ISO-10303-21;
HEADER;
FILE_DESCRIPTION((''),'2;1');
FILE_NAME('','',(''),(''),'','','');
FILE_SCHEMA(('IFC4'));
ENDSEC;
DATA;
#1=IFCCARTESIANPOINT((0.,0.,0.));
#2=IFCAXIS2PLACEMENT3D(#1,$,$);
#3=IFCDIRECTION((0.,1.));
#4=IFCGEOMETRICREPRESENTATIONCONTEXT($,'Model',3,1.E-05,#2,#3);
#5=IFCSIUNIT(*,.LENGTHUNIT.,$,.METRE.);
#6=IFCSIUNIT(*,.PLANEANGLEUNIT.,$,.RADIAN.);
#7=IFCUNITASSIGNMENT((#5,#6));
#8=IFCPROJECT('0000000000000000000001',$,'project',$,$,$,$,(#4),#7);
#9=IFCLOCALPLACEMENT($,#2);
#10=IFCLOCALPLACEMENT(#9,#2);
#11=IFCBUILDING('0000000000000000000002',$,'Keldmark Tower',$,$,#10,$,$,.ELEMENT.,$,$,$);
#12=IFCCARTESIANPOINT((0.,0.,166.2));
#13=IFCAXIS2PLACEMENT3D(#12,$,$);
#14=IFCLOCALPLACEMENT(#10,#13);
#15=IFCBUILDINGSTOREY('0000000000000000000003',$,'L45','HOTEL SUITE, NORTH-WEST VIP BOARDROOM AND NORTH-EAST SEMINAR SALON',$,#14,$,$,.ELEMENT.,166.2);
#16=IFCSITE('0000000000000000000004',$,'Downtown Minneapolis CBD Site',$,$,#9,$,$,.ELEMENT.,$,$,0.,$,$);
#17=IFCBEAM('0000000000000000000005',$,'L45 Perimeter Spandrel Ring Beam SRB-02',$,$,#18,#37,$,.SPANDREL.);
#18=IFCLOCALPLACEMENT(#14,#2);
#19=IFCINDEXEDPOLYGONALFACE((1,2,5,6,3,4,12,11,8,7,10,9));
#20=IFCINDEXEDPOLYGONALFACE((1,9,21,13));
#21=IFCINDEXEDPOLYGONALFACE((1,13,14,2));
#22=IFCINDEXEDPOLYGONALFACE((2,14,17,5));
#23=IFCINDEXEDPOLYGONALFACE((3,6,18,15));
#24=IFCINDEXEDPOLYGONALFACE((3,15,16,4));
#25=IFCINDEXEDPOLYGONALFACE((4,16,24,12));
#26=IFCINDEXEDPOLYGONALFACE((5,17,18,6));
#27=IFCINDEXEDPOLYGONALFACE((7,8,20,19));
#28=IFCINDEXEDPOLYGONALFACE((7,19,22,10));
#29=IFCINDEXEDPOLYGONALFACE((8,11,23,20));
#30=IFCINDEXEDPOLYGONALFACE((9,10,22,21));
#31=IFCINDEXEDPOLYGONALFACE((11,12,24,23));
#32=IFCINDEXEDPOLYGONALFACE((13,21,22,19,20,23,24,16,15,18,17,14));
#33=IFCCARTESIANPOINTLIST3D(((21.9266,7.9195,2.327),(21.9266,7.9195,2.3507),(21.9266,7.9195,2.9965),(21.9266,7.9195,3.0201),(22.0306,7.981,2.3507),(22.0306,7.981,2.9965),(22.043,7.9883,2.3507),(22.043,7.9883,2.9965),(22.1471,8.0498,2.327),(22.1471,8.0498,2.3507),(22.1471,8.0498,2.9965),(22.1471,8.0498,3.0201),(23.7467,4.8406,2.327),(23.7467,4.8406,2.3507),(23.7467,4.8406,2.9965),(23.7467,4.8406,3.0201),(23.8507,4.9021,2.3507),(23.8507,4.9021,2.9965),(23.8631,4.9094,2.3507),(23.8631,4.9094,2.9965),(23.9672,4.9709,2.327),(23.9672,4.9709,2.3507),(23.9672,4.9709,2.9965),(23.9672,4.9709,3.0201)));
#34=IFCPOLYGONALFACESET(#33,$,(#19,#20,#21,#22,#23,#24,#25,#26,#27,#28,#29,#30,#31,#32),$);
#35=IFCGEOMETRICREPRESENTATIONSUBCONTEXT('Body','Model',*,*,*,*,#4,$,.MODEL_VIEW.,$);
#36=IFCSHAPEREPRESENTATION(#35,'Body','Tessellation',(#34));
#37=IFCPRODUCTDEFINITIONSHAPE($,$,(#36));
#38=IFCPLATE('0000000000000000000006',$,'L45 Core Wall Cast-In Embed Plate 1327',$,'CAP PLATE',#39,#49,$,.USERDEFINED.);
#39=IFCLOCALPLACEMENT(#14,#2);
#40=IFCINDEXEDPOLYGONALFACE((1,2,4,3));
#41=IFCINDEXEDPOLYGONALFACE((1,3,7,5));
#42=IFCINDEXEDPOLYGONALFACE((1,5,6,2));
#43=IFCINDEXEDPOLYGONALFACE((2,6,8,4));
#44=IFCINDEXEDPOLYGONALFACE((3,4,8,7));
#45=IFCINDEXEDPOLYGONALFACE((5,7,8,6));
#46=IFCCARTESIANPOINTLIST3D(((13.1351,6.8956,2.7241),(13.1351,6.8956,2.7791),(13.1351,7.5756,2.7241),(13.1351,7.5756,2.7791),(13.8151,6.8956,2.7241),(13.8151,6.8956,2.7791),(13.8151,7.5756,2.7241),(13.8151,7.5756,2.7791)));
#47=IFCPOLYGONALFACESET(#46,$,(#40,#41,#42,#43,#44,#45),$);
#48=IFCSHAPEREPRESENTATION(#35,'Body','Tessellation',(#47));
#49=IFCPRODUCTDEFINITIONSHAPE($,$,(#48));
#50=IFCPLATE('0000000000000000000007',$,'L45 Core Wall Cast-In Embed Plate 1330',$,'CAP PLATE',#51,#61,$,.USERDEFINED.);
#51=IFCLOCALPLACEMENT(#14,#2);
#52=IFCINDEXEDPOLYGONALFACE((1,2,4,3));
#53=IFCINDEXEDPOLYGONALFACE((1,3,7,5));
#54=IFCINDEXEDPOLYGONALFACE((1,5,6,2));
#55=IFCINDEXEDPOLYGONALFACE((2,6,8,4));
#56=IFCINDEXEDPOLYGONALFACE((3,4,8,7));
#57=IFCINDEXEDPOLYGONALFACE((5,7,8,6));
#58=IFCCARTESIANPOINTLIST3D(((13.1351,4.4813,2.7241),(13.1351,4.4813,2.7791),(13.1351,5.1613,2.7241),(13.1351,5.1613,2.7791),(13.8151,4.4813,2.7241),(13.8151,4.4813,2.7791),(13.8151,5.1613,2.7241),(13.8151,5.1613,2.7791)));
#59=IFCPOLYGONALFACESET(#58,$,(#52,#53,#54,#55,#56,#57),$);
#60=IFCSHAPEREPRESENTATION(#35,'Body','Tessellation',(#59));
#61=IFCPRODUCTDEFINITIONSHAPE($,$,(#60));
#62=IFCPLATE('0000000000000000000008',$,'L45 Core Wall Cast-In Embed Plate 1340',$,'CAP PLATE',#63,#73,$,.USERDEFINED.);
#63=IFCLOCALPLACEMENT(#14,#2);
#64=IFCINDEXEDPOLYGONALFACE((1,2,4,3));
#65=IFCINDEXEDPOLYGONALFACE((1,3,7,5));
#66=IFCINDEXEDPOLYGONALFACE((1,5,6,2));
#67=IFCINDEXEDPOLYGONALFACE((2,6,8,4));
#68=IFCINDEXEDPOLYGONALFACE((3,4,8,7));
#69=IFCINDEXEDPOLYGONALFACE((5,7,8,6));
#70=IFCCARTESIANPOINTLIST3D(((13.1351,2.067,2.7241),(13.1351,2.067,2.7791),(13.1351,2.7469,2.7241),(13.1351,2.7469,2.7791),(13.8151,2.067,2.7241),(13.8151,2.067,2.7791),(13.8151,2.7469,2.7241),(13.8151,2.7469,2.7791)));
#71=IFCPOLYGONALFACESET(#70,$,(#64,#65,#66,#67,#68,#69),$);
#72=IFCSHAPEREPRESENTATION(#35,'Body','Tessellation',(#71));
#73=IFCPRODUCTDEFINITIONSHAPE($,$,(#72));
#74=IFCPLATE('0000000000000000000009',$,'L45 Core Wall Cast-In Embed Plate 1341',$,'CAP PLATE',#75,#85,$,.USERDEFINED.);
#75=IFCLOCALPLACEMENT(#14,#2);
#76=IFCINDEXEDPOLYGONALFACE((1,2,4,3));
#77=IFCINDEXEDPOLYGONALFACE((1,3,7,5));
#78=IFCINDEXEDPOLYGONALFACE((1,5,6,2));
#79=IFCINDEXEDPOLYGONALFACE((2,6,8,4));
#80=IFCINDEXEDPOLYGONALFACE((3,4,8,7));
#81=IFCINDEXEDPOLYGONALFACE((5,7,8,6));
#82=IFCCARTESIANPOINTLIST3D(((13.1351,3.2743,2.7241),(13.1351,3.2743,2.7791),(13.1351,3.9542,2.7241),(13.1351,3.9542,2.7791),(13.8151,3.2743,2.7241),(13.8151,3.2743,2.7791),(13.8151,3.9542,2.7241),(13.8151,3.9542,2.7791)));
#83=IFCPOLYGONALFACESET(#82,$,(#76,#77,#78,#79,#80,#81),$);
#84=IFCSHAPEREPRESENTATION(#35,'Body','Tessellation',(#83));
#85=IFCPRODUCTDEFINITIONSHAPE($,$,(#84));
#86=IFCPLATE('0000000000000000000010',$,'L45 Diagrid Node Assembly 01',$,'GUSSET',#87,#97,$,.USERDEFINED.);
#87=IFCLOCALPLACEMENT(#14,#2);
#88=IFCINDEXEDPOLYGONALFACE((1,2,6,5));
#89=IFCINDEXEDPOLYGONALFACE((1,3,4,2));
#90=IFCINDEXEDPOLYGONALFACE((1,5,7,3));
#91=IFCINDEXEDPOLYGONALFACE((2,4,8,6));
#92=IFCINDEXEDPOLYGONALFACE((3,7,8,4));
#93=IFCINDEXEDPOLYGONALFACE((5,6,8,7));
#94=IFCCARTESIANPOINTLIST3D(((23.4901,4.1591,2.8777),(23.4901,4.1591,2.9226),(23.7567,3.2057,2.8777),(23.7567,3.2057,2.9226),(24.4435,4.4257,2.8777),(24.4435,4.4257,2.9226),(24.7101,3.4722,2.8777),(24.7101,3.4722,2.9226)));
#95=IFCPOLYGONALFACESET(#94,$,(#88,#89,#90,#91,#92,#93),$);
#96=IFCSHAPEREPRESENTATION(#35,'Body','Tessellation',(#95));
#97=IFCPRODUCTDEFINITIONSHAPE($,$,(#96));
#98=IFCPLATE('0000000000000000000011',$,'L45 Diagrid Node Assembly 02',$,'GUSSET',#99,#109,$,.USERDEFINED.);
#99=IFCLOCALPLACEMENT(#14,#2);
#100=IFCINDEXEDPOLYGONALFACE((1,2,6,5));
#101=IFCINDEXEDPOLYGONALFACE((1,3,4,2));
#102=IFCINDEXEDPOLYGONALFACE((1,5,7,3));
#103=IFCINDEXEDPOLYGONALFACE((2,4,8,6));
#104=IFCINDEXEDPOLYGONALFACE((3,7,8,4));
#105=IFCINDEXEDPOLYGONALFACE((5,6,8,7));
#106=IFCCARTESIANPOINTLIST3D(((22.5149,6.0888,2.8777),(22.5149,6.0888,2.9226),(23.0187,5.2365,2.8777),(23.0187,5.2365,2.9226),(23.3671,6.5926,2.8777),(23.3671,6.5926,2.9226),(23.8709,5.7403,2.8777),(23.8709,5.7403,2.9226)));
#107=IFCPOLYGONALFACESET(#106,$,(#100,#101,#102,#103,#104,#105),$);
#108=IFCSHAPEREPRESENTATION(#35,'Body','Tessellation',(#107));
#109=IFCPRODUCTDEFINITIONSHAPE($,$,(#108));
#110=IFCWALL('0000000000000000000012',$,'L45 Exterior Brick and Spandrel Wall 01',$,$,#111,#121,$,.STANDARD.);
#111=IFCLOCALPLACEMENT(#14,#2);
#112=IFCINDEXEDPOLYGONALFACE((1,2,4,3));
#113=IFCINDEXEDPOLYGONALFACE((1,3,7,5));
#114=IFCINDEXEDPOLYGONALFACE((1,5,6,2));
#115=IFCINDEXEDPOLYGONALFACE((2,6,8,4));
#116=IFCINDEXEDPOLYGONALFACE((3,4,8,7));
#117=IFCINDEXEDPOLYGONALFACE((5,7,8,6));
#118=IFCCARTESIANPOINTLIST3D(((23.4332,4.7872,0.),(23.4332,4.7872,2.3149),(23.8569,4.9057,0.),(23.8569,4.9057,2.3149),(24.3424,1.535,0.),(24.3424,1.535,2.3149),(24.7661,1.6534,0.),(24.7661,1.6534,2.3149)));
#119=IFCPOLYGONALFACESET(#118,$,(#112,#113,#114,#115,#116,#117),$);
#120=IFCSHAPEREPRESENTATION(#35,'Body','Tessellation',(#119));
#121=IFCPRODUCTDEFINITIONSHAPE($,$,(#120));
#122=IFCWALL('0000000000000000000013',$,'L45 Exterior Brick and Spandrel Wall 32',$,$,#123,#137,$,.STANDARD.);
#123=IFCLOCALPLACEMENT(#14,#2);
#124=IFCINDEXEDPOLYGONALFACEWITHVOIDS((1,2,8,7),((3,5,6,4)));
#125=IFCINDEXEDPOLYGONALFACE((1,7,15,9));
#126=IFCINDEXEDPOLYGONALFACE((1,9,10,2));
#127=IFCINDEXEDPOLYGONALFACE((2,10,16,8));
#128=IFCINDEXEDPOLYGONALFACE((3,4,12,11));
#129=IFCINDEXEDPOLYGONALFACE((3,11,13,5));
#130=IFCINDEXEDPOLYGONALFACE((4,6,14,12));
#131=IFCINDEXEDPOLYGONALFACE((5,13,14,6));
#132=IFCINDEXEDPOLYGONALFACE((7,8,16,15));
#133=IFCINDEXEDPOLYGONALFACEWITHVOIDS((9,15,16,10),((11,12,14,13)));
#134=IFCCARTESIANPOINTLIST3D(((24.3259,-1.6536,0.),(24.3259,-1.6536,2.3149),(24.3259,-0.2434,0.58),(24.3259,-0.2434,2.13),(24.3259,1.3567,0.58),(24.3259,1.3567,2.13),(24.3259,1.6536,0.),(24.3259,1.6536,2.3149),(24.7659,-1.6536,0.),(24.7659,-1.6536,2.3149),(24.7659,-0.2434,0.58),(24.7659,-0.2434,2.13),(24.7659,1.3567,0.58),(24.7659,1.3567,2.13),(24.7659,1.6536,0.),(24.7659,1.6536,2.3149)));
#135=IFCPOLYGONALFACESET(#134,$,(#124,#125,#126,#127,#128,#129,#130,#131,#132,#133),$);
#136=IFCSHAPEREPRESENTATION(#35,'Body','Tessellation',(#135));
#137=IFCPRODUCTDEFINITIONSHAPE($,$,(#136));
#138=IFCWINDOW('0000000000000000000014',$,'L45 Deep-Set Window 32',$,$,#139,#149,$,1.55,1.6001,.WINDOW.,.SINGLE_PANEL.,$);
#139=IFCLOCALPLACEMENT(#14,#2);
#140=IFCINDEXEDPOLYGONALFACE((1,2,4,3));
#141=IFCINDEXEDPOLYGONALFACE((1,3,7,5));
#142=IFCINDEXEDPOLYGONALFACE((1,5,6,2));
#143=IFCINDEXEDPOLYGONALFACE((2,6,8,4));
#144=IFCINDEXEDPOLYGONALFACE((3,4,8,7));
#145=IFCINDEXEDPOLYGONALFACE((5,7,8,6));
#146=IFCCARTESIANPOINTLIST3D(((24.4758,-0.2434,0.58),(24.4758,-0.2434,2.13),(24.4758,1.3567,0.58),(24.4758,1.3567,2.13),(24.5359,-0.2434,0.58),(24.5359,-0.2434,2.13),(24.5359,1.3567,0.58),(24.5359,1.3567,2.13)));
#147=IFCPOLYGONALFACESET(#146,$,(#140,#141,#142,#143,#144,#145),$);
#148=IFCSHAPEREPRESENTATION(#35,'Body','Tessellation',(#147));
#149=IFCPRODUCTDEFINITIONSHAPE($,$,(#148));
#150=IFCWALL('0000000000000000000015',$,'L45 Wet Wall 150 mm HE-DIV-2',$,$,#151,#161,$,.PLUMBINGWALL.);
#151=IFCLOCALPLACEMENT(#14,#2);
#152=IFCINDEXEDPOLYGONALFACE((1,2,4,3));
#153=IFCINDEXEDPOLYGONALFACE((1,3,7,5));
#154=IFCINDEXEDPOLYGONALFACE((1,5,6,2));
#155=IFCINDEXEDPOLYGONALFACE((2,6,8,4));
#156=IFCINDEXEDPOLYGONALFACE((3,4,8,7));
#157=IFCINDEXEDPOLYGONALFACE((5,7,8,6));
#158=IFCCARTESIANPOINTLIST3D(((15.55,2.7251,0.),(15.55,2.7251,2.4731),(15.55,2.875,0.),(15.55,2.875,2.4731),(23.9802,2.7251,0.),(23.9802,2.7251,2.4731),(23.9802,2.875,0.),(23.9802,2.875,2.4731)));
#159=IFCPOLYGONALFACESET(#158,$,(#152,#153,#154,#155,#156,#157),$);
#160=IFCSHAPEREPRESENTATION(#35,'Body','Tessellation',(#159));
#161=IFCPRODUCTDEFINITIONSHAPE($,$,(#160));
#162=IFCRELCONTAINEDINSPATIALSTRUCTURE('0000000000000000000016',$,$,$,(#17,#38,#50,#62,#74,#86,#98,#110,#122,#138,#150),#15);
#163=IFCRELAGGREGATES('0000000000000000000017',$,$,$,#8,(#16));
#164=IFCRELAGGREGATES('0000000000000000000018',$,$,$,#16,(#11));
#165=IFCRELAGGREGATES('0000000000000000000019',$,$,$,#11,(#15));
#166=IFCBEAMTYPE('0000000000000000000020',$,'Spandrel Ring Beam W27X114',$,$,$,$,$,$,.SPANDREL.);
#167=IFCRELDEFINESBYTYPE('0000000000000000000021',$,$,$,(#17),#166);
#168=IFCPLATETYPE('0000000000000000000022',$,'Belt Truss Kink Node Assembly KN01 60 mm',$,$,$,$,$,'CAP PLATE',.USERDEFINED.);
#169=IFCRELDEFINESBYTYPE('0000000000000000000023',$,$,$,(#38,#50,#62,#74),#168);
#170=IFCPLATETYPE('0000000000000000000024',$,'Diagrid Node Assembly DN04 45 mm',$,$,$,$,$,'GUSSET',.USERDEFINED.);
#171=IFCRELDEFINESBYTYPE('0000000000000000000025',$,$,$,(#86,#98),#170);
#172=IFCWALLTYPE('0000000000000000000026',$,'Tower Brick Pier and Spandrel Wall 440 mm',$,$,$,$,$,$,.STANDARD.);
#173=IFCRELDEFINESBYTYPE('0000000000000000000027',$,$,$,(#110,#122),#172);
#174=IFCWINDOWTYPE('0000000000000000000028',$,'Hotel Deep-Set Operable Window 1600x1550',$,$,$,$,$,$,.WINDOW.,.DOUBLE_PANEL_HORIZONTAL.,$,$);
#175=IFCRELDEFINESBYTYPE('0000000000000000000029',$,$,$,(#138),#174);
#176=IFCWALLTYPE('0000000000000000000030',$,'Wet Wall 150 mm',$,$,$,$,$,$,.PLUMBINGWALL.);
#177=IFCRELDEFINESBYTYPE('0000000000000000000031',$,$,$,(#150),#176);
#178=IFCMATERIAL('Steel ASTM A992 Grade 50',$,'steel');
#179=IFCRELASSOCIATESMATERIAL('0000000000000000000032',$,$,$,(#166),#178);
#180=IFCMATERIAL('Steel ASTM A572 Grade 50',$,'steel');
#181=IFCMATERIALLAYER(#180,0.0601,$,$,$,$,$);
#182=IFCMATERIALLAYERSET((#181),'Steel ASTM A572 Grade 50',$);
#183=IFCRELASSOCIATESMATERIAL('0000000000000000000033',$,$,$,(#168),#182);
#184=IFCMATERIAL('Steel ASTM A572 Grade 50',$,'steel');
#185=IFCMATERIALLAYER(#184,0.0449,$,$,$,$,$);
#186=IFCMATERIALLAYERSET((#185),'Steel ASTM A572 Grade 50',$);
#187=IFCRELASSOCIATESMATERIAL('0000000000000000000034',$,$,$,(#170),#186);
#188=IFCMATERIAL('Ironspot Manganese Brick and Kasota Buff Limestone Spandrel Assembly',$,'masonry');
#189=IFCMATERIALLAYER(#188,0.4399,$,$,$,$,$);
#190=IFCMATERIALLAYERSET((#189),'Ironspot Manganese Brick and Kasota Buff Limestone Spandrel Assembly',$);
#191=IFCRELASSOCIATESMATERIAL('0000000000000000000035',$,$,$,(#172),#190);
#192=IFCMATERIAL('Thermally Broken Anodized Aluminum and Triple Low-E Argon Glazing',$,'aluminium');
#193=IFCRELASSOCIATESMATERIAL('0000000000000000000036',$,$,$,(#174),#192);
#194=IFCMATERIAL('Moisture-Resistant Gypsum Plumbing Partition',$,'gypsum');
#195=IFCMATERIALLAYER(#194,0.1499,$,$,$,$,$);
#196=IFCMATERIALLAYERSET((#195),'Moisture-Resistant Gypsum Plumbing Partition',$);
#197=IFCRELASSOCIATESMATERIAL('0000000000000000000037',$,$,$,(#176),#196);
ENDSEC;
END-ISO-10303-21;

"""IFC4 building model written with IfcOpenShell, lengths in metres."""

from ifc_helpers import new_model, si_unit, direction, frame, frame_2d, origin, origin_2d, place, context, subcontext, project, spatial, rectangle, i_section, extrude, material, layer, layer_set, material_profile, profile_set, type_object, element, fill, save


model = new_model("IFC4")

# Units and contexts
model_context = context("Model", 3, precision=1e-05, world=origin(), true_north=direction((0.0, 1.0)))
body_context = subcontext(model_context, "Body", "Model", "MODEL_VIEW")
ifc_project = project(units=[si_unit("LENGTHUNIT", "METRE"), si_unit("PLANEANGLEUNIT", "RADIAN")], contexts=[model_context])

# Site, building, storey
site_placement = place(None, origin())
site = spatial("IfcSite", under=ifc_project, at=site_placement, Name="Downtown Minneapolis CBD Site", CompositionType="ELEMENT", RefElevation=0.0)
building_placement = place(site_placement, origin())
building = spatial("IfcBuilding", under=site, at=building_placement, Name="Keldmark Tower", CompositionType="ELEMENT")
storey_placement = place(building_placement, frame((0.0, 0.0, 166.2)))
storey = spatial("IfcBuildingStorey", under=building, at=storey_placement, Name="L45", Description="HOTEL SUITE, NORTH-WEST VIP BOARDROOM AND NORTH-EAST SEMINAR SALON", CompositionType="ELEMENT", Elevation=166.2)

# Beam
ifc_material_1 = material(Name="Steel ASTM A992 Grade 50", Category="steel")
ifc_material_profile_1 = material_profile(ifc_material_1, i_section(OverallWidth=0.2561, OverallDepth=0.6931, WebThickness=0.0144, FlangeThickness=0.0237, at=origin_2d()), Name="W27X114")
ifc_profile_set_1 = profile_set([ifc_material_profile_1], Name="Steel ASTM A992 Grade 50")
beam_type_1 = type_object("IfcBeamType", Name="Spandrel Ring Beam W27X114", PredefinedType="SPANDREL", material=ifc_profile_set_1)
beam_1_placement = place(storey_placement, frame((23.8569, 4.9058, 2.6736), z_axis=(-0.508883, 0.860835, 0.0), x_axis=(-0.860835, -0.508883, 0.0)))
element("IfcBeam", 1, at=beam_1_placement, inside=storey, type_object=beam_type_1, Name="L45 Perimeter Spandrel Ring Beam SRB-02", PredefinedType="SPANDREL", context=body_context, shape_type="SweptSolid", body=[
    extrude(i_section(OverallWidth=0.2561, OverallDepth=0.6931, WebThickness=0.0144, FlangeThickness=0.0237, at=origin_2d()), origin(), (0.0, 0.0, 1.0), 3.5767),
])

# Plates
ifc_material_2 = material(Name="Steel ASTM A572 Grade 50", Category="steel")
ifc_layer_1 = layer(ifc_material_2, 0.0601)
ifc_layer_set_1 = layer_set([ifc_layer_1], Name="Steel ASTM A572 Grade 50")
plate_type_1 = type_object("IfcPlateType", Name="Belt Truss Kink Node Assembly KN01 60 mm", ElementType="CAP PLATE", PredefinedType="USERDEFINED", material=ifc_layer_set_1)
for number, where, z_axis, x_axis, name in (
    (2, (13.4751, 7.2356, 2.7241), (0.0, 0.0, 1.0), (1.0, 0.0, 0.0), "L45 Core Wall Cast-In Embed Plate 1327"),
    (3, (13.4751, 4.8213, 2.7241), (0.0, 0.0, 1.0), (1.0, 0.0, 0.0), "L45 Core Wall Cast-In Embed Plate 1330"),
    (4, (13.4751, 2.407, 2.7241), (0.0, 0.0, 1.0), (1.0, 0.0, 0.0), "L45 Core Wall Cast-In Embed Plate 1340"),
    (5, (13.4751, 3.6143, 2.7241), (0.0, 0.0, 1.0), (1.0, 0.0, 0.0), "L45 Core Wall Cast-In Embed Plate 1341"),
):
    element("IfcPlate", number, at=place(storey_placement, frame(where, z_axis=z_axis, x_axis=x_axis)), inside=storey, type_object=plate_type_1, Name=name, ObjectType="CAP PLATE", PredefinedType="USERDEFINED", context=body_context, shape_type="SweptSolid", body=[
        extrude(rectangle(XDim=0.6799, YDim=0.6799, at=origin_2d()), origin(), (0.0, 0.0, 1.0), 0.0549),
    ])
ifc_material_3 = material(Name="Steel ASTM A572 Grade 50", Category="steel")
ifc_layer_2 = layer(ifc_material_3, 0.0449)
ifc_layer_set_2 = layer_set([ifc_layer_2], Name="Steel ASTM A572 Grade 50")
plate_type_2 = type_object("IfcPlateType", Name="Diagrid Node Assembly DN04 45 mm", ElementType="GUSSET", PredefinedType="USERDEFINED", material=ifc_layer_set_2)
for number, where, z_axis, x_axis, name in (
    (6, (24.1001, 3.8157, 2.8777), (0.0, 0.0, 1.0), (-0.269256, 0.963069, 0.0), "L45 Diagrid Node Assembly 01"),
    (7, (23.1929, 5.9146, 2.8777), (0.0, 0.0, 1.0), (-0.508891, 0.860831, 0.0), "L45 Diagrid Node Assembly 02"),
):
    element("IfcPlate", number, at=place(storey_placement, frame(where, z_axis=z_axis, x_axis=x_axis)), inside=storey, type_object=plate_type_2, Name=name, ObjectType="GUSSET", PredefinedType="USERDEFINED", context=body_context, shape_type="SweptSolid", body=[
        extrude(rectangle(XDim=0.99, YDim=0.99, at=origin_2d()), origin(), (0.0, 0.0, 1.0), 0.0449),
    ])

# Wall
ifc_material_4 = material(Name="Ironspot Manganese Brick and Kasota Buff Limestone Spandrel Assembly", Category="masonry")
ifc_layer_3 = layer(ifc_material_4, 0.4399)
ifc_layer_set_3 = layer_set([ifc_layer_3], Name="Ironspot Manganese Brick and Kasota Buff Limestone Spandrel Assembly")
wall_type_1 = type_object("IfcWallType", Name="Tower Brick Pier and Spandrel Wall 440 mm", PredefinedType="STANDARD", material=ifc_layer_set_3)
wall_1_placement = place(storey_placement, frame((23.645, 4.8464, 0.0), z_axis=(0.0, 0.0, 1.0), x_axis=(0.269236, -0.963074, 0.0)))
element("IfcWall", 8, at=wall_1_placement, inside=storey, type_object=wall_type_1, Name="L45 Exterior Brick and Spandrel Wall 01", PredefinedType="STANDARD", context=body_context, shape_type="SweptSolid", body=[
    extrude(rectangle(XDim=3.377, YDim=0.4399, at=frame_2d((1.6885, 0.0))), origin(), (0.0, 0.0, 1.0), 2.3149),
])

# Wall, opening, window
wall_2_placement = place(storey_placement, frame((24.5459, 1.6536, 0.0), z_axis=(0.0, 0.0, 1.0), x_axis=(0.0, -1.0, 0.0)))
wall_2 = element("IfcWall", 9, at=wall_2_placement, inside=storey, type_object=wall_type_1, Name="L45 Exterior Brick and Spandrel Wall 32", PredefinedType="STANDARD", context=body_context, shape_type="SweptSolid", body=[
    extrude(rectangle(XDim=3.3071, YDim=0.4399, at=frame_2d((1.6536, 0.0))), origin(), (0.0, 0.0, 1.0), 2.3149),
])
opening_1_placement = place(wall_2_placement, frame((0.2969, 0.0, 0.5801)))
opening_1 = element("IfcOpeningElement", 10, at=opening_1_placement, cuts=wall_2, PredefinedType="OPENING", context=body_context, shape_type="SweptSolid", body=[
    extrude(rectangle(XDim=1.6001, YDim=1.55, at=frame_2d((0.8, 0.7749))), frame((0.0, 0.23, 0.0), z_axis=(0.0, -1.0, 0.0), x_axis=(1.0, 0.0, 0.0)), (0.0, 0.0, 1.0), 0.46),
])
ifc_material_5 = material(Name="Thermally Broken Anodized Aluminum and Triple Low-E Argon Glazing", Category="aluminium")
window_type = type_object("IfcWindowType", Name="Hotel Deep-Set Operable Window 1600x1550", PartitioningType="DOUBLE_PANEL_HORIZONTAL", PredefinedType="WINDOW", material=ifc_material_5)
window_placement = place(opening_1_placement, origin())
window = element("IfcWindow", 11, at=window_placement, inside=storey, type_object=window_type, Name="L45 Deep-Set Window 32", OverallHeight=1.55, OverallWidth=1.6001, PartitioningType="SINGLE_PANEL", PredefinedType="WINDOW", context=body_context, shape_type="SweptSolid", body=[
    extrude(rectangle(XDim=1.6001, YDim=1.55, at=frame_2d((0.8, 0.7749))), frame((0.0, -0.01, 0.0), z_axis=(0.0, -1.0, 0.0), x_axis=(1.0, 0.0, 0.0)), (0.0, 0.0, 1.0), 0.0601),
])
fill(opening_1, window)

# Wall
ifc_material_6 = material(Name="Moisture-Resistant Gypsum Plumbing Partition", Category="gypsum")
ifc_layer_4 = layer(ifc_material_6, 0.1499)
ifc_layer_set_4 = layer_set([ifc_layer_4], Name="Moisture-Resistant Gypsum Plumbing Partition")
wall_type_2 = type_object("IfcWallType", Name="Wet Wall 150 mm", PredefinedType="PLUMBINGWALL", material=ifc_layer_set_4)
wall_3_placement = place(storey_placement, frame((15.55, 2.8, 0.0), z_axis=(0.0, 0.0, 1.0), x_axis=(1.0, 0.0, 0.0)))
element("IfcWall", 12, at=wall_3_placement, inside=storey, type_object=wall_type_2, Name="L45 Wet Wall 150 mm HE-DIV-2", PredefinedType="PLUMBINGWALL", context=body_context, shape_type="SweptSolid", body=[
    extrude(rectangle(XDim=8.4302, YDim=0.1499, at=frame_2d((4.2151, 0.0))), origin(), (0.0, 0.0, 1.0), 2.4731),
])

save(model, "model.ifc")
